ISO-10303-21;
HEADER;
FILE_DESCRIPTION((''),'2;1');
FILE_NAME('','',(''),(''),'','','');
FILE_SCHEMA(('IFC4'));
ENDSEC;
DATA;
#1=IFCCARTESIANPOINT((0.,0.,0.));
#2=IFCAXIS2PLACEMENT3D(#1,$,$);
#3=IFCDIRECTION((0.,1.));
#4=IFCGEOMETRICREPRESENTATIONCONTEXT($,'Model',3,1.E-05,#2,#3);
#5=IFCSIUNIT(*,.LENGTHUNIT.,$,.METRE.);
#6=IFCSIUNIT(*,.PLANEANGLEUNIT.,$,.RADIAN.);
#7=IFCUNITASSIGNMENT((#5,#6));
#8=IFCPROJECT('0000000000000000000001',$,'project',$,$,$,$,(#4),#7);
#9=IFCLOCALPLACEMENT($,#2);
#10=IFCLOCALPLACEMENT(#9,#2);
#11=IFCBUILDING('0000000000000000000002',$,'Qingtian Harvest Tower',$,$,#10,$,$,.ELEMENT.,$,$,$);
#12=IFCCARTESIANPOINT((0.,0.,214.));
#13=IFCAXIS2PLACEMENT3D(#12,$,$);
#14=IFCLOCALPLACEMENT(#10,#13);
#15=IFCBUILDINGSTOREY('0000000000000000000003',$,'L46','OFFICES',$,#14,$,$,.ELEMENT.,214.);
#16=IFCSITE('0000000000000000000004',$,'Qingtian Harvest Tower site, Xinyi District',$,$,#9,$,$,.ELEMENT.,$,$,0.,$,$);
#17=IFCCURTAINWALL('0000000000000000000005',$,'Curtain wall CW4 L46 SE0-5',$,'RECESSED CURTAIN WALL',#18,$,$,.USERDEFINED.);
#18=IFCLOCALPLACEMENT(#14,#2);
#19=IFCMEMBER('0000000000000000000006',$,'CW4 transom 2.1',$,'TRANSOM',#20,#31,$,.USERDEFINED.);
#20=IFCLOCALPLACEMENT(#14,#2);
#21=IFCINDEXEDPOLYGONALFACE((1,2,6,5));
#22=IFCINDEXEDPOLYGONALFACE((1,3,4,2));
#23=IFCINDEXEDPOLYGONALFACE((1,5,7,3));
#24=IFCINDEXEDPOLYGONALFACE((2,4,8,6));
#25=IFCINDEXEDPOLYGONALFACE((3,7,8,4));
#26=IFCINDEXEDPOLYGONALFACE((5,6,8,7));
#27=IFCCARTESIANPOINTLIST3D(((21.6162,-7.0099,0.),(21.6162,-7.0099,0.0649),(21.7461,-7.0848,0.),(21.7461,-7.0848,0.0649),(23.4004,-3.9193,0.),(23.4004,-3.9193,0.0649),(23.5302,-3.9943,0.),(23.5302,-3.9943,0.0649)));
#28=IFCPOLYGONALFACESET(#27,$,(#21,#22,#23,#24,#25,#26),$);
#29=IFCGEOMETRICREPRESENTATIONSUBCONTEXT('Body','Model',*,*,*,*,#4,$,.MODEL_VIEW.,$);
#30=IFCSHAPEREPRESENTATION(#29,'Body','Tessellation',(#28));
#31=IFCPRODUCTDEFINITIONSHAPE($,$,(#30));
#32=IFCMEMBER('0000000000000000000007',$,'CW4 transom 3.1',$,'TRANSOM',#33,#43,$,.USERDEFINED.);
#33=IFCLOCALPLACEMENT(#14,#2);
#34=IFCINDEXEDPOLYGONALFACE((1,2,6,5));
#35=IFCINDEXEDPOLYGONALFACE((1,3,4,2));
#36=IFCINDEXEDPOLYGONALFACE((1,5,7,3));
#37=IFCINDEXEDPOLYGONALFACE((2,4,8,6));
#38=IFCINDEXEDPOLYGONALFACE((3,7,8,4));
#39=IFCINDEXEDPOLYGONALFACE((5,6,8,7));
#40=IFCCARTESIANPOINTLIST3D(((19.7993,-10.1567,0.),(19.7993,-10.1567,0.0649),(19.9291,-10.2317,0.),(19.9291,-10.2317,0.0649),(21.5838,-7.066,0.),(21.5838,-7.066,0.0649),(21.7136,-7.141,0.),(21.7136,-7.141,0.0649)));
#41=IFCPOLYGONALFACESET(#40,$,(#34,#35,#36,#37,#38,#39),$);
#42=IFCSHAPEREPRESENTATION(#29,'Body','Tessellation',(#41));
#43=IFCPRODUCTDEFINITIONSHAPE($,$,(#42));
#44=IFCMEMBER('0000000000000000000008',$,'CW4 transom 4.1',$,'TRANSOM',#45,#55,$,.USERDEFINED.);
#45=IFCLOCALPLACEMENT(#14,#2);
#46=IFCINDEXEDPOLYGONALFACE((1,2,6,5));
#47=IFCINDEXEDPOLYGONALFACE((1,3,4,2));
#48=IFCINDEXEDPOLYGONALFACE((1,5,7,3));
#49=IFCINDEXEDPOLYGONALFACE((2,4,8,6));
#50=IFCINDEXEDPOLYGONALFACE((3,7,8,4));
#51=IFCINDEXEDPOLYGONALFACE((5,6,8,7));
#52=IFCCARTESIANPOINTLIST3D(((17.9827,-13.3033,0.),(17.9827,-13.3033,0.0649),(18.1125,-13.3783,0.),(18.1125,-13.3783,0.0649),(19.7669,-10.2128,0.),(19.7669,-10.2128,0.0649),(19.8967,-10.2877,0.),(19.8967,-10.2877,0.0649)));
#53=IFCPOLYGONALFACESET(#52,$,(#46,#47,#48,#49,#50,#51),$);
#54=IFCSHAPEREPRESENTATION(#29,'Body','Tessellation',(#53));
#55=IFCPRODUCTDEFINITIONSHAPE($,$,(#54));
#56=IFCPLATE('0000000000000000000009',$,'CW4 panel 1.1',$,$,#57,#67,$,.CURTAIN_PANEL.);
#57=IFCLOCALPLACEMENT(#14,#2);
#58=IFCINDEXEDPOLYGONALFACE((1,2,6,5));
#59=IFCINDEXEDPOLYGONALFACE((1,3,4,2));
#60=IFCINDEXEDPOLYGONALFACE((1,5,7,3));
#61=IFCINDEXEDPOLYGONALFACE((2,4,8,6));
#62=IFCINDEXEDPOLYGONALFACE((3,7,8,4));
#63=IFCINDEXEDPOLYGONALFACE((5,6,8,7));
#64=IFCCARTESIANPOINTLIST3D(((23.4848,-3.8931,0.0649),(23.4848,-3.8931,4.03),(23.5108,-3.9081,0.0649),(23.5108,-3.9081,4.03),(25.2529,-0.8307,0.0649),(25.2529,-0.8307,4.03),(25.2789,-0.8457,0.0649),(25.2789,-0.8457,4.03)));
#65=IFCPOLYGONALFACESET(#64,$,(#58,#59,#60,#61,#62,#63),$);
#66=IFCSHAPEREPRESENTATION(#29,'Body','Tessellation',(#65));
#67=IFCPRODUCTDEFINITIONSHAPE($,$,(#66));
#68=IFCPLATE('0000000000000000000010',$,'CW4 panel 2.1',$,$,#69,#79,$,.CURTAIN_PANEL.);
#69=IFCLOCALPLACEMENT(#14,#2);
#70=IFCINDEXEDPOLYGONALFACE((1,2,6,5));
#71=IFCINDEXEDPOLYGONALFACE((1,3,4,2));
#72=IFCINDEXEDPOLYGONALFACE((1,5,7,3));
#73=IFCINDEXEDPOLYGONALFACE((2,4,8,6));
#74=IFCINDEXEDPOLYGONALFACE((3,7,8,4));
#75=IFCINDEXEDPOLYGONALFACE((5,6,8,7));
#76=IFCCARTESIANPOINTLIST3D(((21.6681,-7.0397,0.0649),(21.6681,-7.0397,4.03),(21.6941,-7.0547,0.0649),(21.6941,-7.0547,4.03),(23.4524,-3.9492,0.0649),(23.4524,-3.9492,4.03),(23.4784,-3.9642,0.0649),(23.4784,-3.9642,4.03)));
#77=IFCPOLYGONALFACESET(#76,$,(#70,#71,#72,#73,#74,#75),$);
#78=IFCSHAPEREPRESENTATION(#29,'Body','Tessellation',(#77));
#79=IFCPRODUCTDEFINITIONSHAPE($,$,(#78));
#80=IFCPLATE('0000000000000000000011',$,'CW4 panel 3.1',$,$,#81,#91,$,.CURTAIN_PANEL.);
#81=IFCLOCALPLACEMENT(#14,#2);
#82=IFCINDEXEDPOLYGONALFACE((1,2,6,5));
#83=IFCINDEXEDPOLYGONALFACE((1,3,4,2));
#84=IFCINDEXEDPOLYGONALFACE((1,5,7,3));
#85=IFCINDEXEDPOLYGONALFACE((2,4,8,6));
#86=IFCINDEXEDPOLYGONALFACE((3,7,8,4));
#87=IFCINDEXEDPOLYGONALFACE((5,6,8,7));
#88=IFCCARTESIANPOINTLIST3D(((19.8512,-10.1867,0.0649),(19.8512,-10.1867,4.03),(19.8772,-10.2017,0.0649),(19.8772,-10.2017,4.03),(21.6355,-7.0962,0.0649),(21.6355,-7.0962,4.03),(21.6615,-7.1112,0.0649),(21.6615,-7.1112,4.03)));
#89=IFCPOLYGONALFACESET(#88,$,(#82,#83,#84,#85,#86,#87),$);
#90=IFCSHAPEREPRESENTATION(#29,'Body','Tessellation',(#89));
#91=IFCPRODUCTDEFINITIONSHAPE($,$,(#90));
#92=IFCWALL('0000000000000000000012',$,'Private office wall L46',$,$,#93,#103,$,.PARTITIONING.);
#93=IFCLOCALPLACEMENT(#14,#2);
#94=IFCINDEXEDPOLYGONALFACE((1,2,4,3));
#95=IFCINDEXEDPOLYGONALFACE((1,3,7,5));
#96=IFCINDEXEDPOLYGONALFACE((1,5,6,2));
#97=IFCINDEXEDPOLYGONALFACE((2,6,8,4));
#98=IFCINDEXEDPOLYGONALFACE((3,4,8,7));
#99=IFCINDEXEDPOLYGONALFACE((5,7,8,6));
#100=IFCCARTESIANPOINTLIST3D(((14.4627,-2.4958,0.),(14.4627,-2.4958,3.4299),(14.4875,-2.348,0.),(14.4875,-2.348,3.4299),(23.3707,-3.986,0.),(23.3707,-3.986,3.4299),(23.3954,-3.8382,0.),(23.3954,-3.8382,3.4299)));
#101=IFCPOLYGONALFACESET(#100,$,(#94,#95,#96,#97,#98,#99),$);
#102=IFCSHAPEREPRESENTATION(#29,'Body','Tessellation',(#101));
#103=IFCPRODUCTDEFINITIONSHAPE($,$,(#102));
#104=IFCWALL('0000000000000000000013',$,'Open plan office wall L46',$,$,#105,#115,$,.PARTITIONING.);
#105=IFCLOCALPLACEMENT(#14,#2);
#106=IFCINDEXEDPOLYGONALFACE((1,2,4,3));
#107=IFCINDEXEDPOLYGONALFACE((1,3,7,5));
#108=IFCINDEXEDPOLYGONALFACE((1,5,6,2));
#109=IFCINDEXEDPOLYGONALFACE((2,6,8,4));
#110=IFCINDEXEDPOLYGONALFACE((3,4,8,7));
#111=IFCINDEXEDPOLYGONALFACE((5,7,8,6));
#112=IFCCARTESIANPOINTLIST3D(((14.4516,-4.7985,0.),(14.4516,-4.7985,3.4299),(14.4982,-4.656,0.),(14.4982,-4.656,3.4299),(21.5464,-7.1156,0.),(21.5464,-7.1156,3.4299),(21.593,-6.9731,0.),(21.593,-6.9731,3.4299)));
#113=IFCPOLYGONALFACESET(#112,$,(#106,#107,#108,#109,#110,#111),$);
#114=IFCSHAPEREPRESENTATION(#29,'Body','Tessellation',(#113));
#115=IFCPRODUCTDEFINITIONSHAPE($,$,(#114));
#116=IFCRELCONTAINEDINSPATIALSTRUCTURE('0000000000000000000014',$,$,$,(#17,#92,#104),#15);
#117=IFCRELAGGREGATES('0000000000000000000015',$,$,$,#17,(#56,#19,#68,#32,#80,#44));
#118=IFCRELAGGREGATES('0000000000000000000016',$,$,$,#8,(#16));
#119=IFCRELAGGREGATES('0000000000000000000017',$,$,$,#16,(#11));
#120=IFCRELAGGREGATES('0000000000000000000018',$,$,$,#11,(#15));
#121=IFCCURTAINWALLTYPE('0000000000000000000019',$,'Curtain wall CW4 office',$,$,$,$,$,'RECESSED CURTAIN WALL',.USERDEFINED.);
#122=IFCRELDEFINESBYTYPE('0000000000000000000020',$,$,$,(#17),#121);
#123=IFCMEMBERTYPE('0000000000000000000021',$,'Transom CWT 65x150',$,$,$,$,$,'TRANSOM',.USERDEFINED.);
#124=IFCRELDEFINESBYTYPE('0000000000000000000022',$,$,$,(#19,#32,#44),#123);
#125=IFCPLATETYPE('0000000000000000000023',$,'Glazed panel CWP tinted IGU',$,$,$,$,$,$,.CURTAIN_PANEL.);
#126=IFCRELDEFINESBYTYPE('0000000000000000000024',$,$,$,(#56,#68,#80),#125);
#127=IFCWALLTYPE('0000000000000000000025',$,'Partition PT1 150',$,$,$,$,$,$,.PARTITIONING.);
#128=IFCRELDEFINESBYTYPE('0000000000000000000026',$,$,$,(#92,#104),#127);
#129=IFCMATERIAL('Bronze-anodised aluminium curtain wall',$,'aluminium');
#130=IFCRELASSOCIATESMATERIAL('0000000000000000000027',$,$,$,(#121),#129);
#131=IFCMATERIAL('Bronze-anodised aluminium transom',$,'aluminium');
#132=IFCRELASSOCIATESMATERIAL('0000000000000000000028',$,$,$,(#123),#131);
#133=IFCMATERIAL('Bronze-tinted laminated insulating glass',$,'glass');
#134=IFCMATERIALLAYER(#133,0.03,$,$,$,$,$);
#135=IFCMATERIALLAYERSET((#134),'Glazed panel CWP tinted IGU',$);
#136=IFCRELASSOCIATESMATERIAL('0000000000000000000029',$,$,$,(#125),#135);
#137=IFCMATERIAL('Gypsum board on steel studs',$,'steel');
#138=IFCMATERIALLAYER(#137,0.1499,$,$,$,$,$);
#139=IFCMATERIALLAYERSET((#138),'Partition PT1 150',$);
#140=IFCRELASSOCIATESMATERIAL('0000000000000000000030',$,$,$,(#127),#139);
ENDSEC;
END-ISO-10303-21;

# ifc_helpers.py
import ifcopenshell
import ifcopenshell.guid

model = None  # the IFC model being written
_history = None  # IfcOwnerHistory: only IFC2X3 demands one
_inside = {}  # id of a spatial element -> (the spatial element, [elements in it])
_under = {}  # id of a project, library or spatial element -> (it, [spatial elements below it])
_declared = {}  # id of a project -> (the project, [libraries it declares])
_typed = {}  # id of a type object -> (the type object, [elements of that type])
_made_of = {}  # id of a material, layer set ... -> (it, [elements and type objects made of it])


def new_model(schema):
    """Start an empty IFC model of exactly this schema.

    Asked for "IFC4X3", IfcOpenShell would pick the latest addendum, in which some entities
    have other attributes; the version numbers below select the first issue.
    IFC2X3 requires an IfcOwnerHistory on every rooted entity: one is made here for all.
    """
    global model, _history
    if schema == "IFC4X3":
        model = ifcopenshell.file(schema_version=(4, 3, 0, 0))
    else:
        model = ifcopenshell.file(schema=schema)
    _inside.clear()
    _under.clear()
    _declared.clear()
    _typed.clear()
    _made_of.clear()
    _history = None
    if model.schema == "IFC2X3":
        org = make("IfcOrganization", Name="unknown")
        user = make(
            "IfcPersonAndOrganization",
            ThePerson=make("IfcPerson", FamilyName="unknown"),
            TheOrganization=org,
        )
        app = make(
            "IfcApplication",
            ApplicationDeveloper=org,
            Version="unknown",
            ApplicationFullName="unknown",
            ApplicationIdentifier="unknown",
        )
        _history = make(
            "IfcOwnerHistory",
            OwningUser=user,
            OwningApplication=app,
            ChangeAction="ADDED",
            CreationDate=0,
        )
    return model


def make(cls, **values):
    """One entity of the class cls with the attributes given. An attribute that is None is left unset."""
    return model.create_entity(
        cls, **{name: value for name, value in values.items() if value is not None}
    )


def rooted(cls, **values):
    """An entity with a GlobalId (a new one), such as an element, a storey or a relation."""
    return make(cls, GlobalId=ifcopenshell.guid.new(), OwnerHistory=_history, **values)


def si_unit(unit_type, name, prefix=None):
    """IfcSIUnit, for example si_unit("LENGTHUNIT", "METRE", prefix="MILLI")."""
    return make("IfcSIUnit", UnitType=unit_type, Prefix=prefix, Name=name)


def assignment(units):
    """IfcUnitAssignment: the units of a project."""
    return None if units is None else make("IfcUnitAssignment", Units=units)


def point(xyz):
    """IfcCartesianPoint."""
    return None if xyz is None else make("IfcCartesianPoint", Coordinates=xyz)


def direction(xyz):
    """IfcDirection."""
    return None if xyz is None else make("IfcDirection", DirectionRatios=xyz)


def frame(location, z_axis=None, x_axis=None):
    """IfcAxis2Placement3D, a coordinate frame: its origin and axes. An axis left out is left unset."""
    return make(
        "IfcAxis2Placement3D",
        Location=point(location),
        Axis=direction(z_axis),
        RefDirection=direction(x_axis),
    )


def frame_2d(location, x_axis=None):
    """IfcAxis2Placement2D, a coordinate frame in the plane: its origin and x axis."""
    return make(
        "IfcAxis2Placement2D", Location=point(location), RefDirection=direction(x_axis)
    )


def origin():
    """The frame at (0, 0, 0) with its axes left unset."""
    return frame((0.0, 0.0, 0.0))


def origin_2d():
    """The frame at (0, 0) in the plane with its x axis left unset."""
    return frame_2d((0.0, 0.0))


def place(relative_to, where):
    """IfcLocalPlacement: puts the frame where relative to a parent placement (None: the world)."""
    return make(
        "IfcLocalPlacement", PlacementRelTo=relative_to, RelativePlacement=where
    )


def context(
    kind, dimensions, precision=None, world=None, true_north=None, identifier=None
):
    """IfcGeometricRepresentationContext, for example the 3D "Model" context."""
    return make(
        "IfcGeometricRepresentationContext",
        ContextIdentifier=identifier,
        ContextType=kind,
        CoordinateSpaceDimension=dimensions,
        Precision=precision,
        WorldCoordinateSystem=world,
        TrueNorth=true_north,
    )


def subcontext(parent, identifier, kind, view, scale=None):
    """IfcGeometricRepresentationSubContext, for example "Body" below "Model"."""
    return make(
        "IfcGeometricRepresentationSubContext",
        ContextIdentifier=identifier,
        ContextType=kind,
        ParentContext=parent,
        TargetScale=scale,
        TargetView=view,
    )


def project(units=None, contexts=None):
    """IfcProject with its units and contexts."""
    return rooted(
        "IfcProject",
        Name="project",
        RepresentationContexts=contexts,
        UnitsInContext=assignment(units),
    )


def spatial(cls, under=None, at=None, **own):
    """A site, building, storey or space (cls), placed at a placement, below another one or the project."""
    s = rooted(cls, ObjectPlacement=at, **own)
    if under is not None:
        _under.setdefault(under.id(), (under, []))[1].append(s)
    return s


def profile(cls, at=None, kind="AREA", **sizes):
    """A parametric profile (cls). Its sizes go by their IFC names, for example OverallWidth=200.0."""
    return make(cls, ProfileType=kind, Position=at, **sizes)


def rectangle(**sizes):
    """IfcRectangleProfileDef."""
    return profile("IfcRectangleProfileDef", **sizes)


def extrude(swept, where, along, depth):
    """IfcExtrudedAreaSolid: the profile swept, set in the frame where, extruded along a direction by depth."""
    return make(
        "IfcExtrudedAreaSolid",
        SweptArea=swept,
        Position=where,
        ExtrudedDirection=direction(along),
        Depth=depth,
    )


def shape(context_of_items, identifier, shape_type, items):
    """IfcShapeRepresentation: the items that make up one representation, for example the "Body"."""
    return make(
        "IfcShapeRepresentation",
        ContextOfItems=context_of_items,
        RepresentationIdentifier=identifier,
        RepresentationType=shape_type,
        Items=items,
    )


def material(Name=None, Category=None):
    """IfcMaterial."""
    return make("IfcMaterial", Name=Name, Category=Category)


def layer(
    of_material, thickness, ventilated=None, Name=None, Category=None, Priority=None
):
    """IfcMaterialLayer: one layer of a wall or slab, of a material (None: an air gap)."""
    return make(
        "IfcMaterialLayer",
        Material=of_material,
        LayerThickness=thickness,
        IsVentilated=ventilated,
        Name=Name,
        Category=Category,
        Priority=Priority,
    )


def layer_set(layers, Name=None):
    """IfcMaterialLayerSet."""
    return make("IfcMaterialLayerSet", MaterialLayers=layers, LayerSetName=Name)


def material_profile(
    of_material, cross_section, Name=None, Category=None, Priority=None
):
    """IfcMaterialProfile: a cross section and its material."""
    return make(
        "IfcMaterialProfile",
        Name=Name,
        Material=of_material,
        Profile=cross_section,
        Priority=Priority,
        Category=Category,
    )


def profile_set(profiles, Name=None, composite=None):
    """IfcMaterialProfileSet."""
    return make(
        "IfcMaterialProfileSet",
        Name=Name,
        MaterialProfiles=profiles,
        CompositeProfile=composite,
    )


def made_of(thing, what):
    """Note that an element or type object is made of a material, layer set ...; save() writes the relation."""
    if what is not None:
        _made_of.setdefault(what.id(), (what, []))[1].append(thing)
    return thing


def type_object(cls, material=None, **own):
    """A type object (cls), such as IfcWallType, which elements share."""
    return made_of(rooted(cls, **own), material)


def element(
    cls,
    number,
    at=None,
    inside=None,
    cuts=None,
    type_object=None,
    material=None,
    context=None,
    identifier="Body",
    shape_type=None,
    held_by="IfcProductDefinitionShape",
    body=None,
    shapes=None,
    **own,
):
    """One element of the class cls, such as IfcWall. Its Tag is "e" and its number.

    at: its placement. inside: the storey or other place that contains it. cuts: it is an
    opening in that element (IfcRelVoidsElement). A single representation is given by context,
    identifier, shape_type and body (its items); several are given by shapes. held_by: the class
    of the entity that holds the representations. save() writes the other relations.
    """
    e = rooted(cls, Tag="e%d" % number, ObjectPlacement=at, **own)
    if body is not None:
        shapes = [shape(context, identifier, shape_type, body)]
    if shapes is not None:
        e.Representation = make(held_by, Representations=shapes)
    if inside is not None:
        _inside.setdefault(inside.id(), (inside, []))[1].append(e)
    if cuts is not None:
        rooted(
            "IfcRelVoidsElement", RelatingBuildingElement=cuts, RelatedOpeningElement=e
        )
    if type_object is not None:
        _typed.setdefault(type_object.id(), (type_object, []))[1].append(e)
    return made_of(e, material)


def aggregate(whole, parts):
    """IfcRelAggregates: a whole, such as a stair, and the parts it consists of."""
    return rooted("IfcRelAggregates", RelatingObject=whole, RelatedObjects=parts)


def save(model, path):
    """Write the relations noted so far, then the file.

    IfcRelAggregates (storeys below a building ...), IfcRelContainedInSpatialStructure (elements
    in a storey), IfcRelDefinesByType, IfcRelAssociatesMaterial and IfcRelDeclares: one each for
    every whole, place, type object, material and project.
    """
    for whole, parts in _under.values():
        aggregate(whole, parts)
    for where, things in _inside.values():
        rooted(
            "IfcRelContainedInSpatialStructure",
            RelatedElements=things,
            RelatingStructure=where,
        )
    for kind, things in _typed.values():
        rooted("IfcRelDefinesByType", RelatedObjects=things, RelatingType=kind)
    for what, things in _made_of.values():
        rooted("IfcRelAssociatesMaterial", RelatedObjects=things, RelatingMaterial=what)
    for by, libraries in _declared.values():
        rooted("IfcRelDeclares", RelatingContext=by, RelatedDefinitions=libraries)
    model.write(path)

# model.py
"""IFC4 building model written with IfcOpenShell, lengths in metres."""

from ifc_helpers import new_model, si_unit, direction, frame, frame_2d, origin, origin_2d, place, context, subcontext, project, spatial, rectangle, extrude, material, layer, layer_set, material_profile, profile_set, type_object, element, aggregate, save


model = new_model("IFC4")

# Units and contexts
model_context = context("Model", 3, precision=1e-05, world=origin(), true_north=direction((0.0, 1.0)))
body_context = subcontext(model_context, "Body", "Model", "MODEL_VIEW")
ifc_project = project(units=[si_unit("LENGTHUNIT", "METRE"), si_unit("PLANEANGLEUNIT", "RADIAN")], contexts=[model_context])

# Site, building, storey
site_placement = place(None, origin())
site = spatial("IfcSite", under=ifc_project, at=site_placement, Name="Qingtian Harvest Tower site, Xinyi District", CompositionType="ELEMENT", RefElevation=0.0)
building_placement = place(site_placement, origin())
building = spatial("IfcBuilding", under=site, at=building_placement, Name="Qingtian Harvest Tower", CompositionType="ELEMENT")
storey_placement = place(building_placement, frame((0.0, 0.0, 214.0)))
storey = spatial("IfcBuildingStorey", under=building, at=storey_placement, Name="L46", Description="OFFICES", CompositionType="ELEMENT", Elevation=214.0)

# Shared definitions
ifc_material_1 = material(Name="Bronze-anodised aluminium curtain wall", Category="aluminium")
curtain_wall_type = type_object("IfcCurtainWallType", Name="Curtain wall CW4 office", ElementType="RECESSED CURTAIN WALL", PredefinedType="USERDEFINED", material=ifc_material_1)

# Curtain wall
curtain_wall_1_placement = place(storey_placement, origin())
curtain_wall_1 = element("IfcCurtainWall", 1, at=curtain_wall_1_placement, inside=storey, type_object=curtain_wall_type, Name="Curtain wall CW4 L46 SE0-5", ObjectType="RECESSED CURTAIN WALL", PredefinedType="USERDEFINED")

# Members
ifc_material_2 = material(Name="Bronze-anodised aluminium transom", Category="aluminium")
ifc_material_profile_1 = material_profile(ifc_material_2, rectangle(XDim=0.1499, YDim=0.0649, at=origin_2d()), Name="AL 65x150")
ifc_profile_set_1 = profile_set([ifc_material_profile_1], Name="Bronze-anodised aluminium transom")
member_type_1 = type_object("IfcMemberType", Name="Transom CWT 65x150", ElementType="TRANSOM", PredefinedType="USERDEFINED", material=ifc_profile_set_1)
member_1_placement = place(storey_placement, frame((23.4653, -3.9568, 0.0325), z_axis=(-0.499965, -0.866045, 0.0), x_axis=(0.866045, -0.499965, 0.0)))
member_1 = element("IfcMember", 2, at=member_1_placement, type_object=member_type_1, Name="CW4 transom 2.1", ObjectType="TRANSOM", PredefinedType="USERDEFINED", context=body_context, shape_type="SweptSolid", body=[
    extrude(rectangle(XDim=0.1499, YDim=0.0649, at=origin_2d()), origin(), (0.0, 0.0, 1.0), 3.5686),
])
member_2_placement = place(storey_placement, frame((21.6487, -7.1035, 0.0325), z_axis=(-0.500017, -0.866016, 0.0), x_axis=(0.866016, -0.500017, 0.0)))
member_2 = element("IfcMember", 3, at=member_2_placement, type_object=member_type_1, Name="CW4 transom 3.1", ObjectType="TRANSOM", PredefinedType="USERDEFINED", context=body_context, shape_type="SweptSolid", body=[
    extrude(rectangle(XDim=0.1499, YDim=0.0649, at=origin_2d()), origin(), (0.0, 0.0, 1.0), 3.5688),
])
member_3_placement = place(storey_placement, frame((19.8318, -10.2502, 0.0325), z_axis=(-0.499965, -0.866045, 0.0), x_axis=(0.866045, -0.499965, 0.0)))
member_3 = element("IfcMember", 4, at=member_3_placement, type_object=member_type_1, Name="CW4 transom 4.1", ObjectType="TRANSOM", PredefinedType="USERDEFINED", context=body_context, shape_type="SweptSolid", body=[
    extrude(rectangle(XDim=0.1499, YDim=0.0649, at=origin_2d()), origin(), (0.0, 0.0, 1.0), 3.5686),
])

# Plates
ifc_material_3 = material(Name="Bronze-tinted laminated insulating glass", Category="glass")
ifc_layer_1 = layer(ifc_material_3, 0.03)
ifc_layer_set_1 = layer_set([ifc_layer_1], Name="Glazed panel CWP tinted IGU")
plate_type = type_object("IfcPlateType", Name="Glazed panel CWP tinted IGU", PredefinedType="CURTAIN_PANEL", material=ifc_layer_set_1)
plate_1_placement = place(storey_placement, frame((24.3818, -2.3694, 0.0649), z_axis=(0.0, 0.0, 1.0), x_axis=(-0.5, -0.866025, 0.0)))
plate_1 = element("IfcPlate", 5, at=plate_1_placement, type_object=plate_type, Name="CW4 panel 1.1", PredefinedType="CURTAIN_PANEL", context=body_context, shape_type="SweptSolid", body=[
    extrude(rectangle(XDim=3.5361, YDim=0.03, at=origin_2d()), origin(), (0.0, 0.0, 1.0), 3.9651),
])
plate_2_placement = place(storey_placement, frame((22.5732, -5.502, 0.0649), z_axis=(0.0, 0.0, 1.0), x_axis=(-0.5, -0.866025, 0.0)))
plate_2 = element("IfcPlate", 6, at=plate_2_placement, type_object=plate_type, Name="CW4 panel 2.1", PredefinedType="CURTAIN_PANEL", context=body_context, shape_type="SweptSolid", body=[
    extrude(rectangle(XDim=3.5686, YDim=0.03, at=origin_2d()), origin(), (0.0, 0.0, 1.0), 3.9651),
])
plate_3_placement = place(storey_placement, frame((20.7563, -8.6489, 0.0649), z_axis=(0.0, 0.0, 1.0), x_axis=(-0.5, -0.866025, 0.0)))
plate_3 = element("IfcPlate", 7, at=plate_3_placement, type_object=plate_type, Name="CW4 panel 3.1", PredefinedType="CURTAIN_PANEL", context=body_context, shape_type="SweptSolid", body=[
    extrude(rectangle(XDim=3.5686, YDim=0.03, at=origin_2d()), origin(), (0.0, 0.0, 1.0), 3.9651),
])
aggregate(curtain_wall_1, [plate_1, member_1, plate_2, member_2, plate_3, member_3])

# Wall
ifc_material_4 = material(Name="Gypsum board on steel studs", Category="steel")
ifc_layer_2 = layer(ifc_material_4, 0.1499)
ifc_layer_set_2 = layer_set([ifc_layer_2], Name="Partition PT1 150")
wall_type = type_object("IfcWallType", Name="Partition PT1 150", PredefinedType="PARTITIONING", material=ifc_layer_set_2)
wall_1_placement = place(storey_placement, frame((23.3831, -3.9121, 0.0), z_axis=(0.0, 0.0, 1.0), x_axis=(-0.986294, 0.164999, 0.0)))
element("IfcWall", 8, at=wall_1_placement, inside=storey, type_object=wall_type, Name="Private office wall L46", PredefinedType="PARTITIONING", context=body_context, shape_type="SweptSolid", body=[
    extrude(rectangle(XDim=9.0317, YDim=0.1499, at=frame_2d((4.5159, 0.0))), origin(), (0.0, 0.0, 1.0), 3.4299),
])

# Wall
wall_2_placement = place(storey_placement, frame((21.5698, -7.0444, 0.0), z_axis=(0.0, 0.0, 1.0), x_axis=(-0.950586, 0.310462, 0.0)))
element("IfcWall", 9, at=wall_2_placement, inside=storey, type_object=wall_type, Name="Open plan office wall L46", PredefinedType="PARTITIONING", context=body_context, shape_type="SweptSolid", body=[
    extrude(rectangle(XDim=7.4636, YDim=0.1499, at=frame_2d((3.7319, 0.0))), origin(), (0.0, 0.0, 1.0), 3.4299),
])

save(model, "model.ifc")
